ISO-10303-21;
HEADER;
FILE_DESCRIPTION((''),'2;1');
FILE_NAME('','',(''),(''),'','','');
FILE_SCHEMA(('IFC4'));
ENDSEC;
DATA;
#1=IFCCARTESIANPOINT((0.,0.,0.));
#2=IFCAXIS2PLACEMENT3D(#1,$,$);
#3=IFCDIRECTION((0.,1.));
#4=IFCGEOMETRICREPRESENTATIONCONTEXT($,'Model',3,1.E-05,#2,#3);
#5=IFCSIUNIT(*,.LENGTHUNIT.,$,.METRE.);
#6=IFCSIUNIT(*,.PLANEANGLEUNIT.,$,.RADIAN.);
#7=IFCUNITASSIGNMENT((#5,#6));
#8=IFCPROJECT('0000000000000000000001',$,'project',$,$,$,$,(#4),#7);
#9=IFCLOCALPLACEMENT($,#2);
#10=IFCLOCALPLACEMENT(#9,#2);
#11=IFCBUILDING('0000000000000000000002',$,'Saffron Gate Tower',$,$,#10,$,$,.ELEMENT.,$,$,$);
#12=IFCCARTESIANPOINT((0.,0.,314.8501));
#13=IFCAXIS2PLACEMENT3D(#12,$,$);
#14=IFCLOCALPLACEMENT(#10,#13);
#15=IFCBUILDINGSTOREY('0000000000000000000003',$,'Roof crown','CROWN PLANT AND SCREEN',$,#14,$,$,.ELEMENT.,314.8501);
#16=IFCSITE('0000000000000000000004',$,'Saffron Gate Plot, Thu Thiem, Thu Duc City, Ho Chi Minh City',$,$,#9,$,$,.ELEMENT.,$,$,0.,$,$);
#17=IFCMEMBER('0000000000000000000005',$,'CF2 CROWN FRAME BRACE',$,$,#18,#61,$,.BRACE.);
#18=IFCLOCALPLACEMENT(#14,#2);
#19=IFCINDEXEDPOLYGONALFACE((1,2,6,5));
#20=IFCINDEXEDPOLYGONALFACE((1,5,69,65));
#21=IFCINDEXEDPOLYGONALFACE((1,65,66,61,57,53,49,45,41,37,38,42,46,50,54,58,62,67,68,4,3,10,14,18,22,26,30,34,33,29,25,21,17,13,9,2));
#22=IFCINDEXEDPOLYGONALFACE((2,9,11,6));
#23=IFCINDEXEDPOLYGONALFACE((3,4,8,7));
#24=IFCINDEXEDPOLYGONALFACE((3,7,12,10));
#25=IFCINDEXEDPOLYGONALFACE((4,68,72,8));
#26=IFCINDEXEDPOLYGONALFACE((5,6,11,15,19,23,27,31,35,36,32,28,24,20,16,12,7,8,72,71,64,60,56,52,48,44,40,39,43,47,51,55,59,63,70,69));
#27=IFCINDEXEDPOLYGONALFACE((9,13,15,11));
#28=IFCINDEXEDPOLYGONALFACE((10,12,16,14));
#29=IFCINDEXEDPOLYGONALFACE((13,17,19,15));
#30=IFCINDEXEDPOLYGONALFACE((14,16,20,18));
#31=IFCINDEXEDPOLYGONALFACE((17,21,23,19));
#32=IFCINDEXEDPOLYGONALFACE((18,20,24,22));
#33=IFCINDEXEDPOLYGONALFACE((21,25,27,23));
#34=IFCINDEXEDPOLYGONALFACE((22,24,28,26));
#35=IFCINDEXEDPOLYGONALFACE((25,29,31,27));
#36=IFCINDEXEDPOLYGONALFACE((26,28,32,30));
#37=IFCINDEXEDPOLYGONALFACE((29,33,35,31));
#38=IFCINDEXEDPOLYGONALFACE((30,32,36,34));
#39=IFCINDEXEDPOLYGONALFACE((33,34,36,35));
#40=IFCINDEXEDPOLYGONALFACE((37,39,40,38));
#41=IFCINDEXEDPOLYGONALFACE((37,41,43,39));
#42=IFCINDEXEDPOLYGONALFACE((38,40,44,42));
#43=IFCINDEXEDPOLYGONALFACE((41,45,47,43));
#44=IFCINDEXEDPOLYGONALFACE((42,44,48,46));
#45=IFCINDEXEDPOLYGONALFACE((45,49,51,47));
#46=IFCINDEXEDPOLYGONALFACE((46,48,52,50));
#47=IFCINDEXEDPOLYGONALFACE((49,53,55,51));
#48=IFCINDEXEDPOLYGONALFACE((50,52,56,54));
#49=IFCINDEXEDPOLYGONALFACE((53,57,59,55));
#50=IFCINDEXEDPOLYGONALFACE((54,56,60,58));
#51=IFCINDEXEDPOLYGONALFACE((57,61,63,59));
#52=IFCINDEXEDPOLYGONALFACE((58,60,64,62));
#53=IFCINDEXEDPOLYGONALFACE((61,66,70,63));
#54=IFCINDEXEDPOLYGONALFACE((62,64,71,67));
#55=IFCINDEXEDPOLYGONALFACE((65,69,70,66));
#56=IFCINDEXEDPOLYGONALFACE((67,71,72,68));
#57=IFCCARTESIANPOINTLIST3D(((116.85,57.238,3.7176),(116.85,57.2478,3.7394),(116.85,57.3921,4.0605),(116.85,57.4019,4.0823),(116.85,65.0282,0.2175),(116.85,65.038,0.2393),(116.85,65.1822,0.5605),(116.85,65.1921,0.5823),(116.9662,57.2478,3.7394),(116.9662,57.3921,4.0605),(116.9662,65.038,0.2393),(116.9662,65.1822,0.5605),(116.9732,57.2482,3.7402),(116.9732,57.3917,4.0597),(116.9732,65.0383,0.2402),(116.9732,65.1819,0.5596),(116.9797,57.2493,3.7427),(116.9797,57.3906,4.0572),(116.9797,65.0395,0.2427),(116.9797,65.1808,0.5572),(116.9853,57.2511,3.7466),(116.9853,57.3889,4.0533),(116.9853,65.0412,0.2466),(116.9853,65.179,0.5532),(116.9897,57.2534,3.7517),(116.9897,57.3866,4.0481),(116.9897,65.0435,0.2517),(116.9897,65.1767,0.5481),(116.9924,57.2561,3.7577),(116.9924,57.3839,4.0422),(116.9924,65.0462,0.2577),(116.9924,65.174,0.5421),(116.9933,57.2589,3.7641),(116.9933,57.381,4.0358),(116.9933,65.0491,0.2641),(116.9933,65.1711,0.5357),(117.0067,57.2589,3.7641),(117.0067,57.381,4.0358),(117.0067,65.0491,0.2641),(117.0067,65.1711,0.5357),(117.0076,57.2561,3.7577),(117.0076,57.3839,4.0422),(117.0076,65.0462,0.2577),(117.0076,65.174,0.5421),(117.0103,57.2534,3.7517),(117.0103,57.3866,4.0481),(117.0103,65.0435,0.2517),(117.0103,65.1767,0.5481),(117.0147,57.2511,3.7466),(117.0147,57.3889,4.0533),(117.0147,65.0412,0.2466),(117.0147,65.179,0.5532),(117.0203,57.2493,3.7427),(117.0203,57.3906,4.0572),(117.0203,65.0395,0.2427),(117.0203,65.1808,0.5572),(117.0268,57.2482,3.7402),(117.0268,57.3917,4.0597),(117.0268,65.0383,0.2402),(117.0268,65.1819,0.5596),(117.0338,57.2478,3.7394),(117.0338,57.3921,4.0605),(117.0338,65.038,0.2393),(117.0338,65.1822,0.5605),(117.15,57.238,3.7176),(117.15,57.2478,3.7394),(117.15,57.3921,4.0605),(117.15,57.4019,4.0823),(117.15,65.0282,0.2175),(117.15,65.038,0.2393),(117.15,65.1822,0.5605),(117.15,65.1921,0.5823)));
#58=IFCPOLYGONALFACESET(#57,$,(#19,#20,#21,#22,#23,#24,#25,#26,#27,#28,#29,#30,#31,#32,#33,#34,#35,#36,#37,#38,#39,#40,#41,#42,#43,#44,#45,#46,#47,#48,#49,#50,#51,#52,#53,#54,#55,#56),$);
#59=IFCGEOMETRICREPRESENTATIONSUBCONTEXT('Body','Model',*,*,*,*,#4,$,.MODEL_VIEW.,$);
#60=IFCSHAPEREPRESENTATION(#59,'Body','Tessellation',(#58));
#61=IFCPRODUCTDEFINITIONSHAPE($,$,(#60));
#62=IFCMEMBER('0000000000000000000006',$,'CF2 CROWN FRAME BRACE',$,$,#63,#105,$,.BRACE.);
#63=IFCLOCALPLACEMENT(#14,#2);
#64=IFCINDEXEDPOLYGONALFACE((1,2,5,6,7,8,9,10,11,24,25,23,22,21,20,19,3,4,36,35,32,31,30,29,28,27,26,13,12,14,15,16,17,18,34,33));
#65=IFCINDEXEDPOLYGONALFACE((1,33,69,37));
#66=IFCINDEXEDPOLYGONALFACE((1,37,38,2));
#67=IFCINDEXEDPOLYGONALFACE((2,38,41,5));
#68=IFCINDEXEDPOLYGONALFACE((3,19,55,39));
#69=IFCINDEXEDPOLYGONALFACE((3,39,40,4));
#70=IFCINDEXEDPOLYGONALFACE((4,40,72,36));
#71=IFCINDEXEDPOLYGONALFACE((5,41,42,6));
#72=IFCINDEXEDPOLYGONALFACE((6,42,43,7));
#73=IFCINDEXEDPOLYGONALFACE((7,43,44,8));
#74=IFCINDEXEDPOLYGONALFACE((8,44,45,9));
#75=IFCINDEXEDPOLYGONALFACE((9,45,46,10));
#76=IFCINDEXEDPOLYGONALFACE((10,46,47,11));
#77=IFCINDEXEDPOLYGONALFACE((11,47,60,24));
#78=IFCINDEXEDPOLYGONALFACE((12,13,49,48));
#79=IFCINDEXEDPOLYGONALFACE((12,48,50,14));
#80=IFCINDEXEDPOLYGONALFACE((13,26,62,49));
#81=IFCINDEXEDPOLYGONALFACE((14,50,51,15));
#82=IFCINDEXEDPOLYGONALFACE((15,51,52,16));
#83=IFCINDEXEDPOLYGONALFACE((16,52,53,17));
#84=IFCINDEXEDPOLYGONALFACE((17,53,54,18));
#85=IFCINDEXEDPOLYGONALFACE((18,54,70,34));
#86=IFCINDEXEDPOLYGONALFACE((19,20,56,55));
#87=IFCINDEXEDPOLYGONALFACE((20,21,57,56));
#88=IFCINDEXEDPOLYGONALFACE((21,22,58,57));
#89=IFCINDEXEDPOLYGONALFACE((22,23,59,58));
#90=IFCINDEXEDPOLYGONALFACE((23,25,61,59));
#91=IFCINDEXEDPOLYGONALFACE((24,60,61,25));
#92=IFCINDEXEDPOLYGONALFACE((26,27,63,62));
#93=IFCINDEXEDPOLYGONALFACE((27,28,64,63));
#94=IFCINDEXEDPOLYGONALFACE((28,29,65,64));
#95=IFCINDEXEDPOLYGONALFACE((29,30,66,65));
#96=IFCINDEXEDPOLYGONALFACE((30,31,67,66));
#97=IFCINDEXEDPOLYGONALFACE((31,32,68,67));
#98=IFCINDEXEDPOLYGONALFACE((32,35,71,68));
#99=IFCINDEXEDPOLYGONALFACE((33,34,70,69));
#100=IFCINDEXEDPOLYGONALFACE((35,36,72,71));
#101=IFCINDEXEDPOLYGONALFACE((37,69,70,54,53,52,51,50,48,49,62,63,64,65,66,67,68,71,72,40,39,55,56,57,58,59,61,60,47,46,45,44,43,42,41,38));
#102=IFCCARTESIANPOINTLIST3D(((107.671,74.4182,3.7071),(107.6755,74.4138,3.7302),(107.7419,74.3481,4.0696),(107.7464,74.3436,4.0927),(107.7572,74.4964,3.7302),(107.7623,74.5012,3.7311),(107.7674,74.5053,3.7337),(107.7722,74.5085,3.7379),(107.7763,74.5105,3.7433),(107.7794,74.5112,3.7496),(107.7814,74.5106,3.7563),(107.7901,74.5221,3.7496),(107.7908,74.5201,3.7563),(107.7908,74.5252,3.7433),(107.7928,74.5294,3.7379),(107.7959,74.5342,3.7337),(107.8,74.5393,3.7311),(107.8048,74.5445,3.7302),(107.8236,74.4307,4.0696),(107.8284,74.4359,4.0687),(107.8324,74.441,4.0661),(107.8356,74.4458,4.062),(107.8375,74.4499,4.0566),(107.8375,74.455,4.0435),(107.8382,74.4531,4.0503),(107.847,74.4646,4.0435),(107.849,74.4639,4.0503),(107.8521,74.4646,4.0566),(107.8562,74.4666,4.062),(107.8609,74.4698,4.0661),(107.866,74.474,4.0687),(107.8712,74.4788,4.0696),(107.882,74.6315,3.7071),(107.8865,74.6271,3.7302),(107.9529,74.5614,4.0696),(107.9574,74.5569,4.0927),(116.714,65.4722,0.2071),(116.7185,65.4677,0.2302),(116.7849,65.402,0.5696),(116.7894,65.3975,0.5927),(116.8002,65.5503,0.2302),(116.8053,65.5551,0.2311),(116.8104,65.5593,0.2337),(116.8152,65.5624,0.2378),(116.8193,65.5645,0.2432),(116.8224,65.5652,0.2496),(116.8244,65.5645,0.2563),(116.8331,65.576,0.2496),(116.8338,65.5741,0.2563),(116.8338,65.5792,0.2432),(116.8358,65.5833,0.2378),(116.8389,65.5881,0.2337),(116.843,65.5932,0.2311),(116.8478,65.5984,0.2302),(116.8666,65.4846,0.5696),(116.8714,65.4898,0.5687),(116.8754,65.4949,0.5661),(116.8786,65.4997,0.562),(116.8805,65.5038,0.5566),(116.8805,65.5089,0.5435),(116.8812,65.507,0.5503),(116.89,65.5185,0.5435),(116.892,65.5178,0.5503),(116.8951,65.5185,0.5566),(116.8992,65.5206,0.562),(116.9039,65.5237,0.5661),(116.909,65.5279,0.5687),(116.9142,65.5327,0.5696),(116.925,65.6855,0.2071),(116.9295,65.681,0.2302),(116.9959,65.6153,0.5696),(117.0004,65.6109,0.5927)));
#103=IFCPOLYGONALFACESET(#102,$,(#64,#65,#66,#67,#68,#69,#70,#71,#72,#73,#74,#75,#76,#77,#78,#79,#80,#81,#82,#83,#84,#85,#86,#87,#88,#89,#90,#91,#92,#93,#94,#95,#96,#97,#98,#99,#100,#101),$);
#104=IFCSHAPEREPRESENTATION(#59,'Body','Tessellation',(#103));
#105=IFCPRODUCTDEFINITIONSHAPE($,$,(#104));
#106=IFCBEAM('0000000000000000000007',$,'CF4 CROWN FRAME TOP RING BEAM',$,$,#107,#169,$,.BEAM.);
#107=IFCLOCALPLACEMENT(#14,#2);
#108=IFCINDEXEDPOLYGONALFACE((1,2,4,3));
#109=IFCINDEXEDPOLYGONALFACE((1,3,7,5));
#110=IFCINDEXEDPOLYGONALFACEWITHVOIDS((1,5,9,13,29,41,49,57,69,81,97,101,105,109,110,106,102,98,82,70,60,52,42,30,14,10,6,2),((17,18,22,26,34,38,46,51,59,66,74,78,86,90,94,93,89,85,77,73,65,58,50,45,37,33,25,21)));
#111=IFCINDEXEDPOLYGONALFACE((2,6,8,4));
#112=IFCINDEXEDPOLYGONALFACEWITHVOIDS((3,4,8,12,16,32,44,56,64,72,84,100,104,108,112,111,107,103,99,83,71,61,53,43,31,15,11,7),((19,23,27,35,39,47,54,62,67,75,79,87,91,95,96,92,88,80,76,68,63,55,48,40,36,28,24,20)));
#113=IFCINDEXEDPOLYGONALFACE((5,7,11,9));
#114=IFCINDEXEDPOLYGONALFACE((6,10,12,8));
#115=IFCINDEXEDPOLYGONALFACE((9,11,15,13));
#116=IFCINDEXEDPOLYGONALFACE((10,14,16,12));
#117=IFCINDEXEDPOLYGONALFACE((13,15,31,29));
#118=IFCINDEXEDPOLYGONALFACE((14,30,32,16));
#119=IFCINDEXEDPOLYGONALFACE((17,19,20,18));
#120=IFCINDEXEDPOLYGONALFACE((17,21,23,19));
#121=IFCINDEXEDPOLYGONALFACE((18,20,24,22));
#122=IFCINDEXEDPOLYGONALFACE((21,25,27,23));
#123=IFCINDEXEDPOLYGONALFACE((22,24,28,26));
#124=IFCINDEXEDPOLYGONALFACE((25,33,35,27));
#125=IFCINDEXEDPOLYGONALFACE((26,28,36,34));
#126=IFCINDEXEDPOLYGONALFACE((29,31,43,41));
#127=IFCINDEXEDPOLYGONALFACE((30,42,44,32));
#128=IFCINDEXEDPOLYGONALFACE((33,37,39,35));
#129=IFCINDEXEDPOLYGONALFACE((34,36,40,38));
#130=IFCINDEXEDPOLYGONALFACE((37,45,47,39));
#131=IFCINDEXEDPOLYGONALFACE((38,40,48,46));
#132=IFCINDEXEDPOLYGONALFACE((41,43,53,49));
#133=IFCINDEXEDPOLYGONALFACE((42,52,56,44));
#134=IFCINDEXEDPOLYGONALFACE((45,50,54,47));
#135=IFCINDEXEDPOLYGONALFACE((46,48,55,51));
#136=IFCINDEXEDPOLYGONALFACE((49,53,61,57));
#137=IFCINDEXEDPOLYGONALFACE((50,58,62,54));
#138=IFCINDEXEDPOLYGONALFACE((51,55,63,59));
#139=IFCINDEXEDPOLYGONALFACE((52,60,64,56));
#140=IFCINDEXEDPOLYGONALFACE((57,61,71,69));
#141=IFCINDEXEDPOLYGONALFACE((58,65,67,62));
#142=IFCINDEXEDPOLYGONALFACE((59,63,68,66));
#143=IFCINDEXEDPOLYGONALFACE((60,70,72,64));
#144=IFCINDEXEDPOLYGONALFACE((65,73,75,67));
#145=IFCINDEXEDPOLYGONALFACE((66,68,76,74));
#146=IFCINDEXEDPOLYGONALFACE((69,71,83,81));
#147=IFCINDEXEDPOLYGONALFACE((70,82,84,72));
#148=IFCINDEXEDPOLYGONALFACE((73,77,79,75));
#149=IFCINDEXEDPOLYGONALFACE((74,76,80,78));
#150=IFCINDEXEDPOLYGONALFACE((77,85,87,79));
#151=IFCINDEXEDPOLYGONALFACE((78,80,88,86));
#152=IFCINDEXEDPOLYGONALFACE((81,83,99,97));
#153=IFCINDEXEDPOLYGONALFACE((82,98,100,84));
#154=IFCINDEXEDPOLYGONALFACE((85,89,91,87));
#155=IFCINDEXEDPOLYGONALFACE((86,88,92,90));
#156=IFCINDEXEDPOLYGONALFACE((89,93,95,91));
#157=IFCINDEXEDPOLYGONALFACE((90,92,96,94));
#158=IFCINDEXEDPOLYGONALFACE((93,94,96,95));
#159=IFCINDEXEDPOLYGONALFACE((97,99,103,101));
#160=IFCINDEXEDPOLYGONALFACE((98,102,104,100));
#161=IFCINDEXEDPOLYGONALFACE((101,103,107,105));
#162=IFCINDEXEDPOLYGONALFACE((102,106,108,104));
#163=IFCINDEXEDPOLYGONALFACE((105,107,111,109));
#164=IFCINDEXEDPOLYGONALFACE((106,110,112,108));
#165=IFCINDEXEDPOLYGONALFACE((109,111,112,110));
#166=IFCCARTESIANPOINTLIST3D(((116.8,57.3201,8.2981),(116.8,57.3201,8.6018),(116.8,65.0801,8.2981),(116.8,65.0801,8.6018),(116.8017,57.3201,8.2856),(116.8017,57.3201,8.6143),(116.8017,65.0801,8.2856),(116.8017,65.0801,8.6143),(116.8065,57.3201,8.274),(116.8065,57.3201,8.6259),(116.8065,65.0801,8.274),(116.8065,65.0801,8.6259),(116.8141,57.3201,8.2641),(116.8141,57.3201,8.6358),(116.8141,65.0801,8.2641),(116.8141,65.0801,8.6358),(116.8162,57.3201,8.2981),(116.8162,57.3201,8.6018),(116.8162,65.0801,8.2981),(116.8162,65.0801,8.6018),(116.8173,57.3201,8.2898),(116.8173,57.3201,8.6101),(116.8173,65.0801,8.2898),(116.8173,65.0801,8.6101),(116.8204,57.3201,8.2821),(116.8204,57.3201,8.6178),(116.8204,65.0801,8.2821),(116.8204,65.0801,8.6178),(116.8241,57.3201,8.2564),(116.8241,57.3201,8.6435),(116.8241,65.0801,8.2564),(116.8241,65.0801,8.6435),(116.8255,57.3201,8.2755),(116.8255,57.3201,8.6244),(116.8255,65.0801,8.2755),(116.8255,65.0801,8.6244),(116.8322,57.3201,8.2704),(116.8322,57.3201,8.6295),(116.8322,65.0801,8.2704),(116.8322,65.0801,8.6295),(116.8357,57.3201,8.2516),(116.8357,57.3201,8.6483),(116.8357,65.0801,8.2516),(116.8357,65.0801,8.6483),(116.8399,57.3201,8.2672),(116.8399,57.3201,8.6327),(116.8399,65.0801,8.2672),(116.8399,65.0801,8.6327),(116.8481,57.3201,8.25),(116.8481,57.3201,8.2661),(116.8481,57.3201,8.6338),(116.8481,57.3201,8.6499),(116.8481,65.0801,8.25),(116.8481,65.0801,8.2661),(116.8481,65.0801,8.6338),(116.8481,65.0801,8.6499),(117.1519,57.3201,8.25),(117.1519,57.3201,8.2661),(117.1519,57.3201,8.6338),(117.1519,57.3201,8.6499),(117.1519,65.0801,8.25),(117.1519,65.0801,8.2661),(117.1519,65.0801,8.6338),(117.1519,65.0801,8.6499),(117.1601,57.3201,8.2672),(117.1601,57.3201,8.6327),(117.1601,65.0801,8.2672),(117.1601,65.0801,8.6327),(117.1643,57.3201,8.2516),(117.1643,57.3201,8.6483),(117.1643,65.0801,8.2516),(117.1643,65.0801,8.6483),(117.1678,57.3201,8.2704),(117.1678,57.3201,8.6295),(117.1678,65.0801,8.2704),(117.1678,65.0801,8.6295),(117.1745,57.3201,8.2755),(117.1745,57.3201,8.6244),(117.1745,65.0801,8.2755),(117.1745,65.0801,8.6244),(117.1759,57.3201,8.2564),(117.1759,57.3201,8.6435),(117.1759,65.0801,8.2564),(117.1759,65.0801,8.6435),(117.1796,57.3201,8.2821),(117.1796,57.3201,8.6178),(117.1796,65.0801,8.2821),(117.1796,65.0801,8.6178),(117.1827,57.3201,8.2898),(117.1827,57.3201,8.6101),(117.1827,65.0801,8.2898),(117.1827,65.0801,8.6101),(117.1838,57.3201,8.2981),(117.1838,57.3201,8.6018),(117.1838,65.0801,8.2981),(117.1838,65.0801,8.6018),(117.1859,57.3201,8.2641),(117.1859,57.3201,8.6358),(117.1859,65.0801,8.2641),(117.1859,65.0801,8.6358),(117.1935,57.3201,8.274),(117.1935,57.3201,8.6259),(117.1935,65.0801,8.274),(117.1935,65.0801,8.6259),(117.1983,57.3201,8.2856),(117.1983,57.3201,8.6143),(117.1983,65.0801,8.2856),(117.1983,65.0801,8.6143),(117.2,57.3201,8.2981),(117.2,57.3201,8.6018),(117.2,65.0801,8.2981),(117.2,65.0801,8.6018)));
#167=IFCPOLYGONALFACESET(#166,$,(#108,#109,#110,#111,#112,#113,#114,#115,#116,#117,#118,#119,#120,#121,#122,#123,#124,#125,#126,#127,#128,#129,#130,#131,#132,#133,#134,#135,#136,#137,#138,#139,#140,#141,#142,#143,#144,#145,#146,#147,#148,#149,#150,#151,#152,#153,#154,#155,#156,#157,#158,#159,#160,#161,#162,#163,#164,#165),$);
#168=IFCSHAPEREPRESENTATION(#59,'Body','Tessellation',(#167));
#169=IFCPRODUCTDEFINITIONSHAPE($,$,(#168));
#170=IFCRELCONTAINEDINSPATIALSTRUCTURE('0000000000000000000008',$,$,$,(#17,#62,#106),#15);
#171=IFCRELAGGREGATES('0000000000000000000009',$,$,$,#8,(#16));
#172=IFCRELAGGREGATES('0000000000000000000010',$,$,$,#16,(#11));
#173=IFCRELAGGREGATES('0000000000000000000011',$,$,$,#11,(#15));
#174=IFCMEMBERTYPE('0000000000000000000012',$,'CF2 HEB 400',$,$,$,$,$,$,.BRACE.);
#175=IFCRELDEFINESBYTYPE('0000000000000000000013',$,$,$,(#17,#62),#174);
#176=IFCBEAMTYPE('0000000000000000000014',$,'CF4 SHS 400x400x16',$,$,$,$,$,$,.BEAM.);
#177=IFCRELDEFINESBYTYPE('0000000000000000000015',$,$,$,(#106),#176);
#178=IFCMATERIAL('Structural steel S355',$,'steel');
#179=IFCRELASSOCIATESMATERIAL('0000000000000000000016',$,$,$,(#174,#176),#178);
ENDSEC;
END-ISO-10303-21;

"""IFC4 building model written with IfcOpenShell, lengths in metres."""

from ifc_helpers import new_model, si_unit, direction, frame, origin, origin_2d, place, context, subcontext, project, spatial, hollow_rectangle, i_section, extrude, material, material_profile, profile_set, type_object, element, save


model = new_model("IFC4")

# Units and contexts
model_context = context("Model", 3, precision=1e-05, world=origin(), true_north=direction((0.0, 1.0)))
body_context = subcontext(model_context, "Body", "Model", "MODEL_VIEW")
ifc_project = project(units=[si_unit("LENGTHUNIT", "METRE"), si_unit("PLANEANGLEUNIT", "RADIAN")], contexts=[model_context])

# Site, building, storey
site_placement = place(None, origin())
site = spatial("IfcSite", under=ifc_project, at=site_placement, Name="Saffron Gate Plot, Thu Thiem, Thu Duc City, Ho Chi Minh City", CompositionType="ELEMENT", RefElevation=0.0)
building_placement = place(site_placement, origin())
building = spatial("IfcBuilding", under=site, at=building_placement, Name="Saffron Gate Tower", CompositionType="ELEMENT")
storey_placement = place(building_placement, frame((0.0, 0.0, 314.8501)))
storey = spatial("IfcBuildingStorey", under=building, at=storey_placement, Name="Roof crown", Description="CROWN PLANT AND SCREEN", CompositionType="ELEMENT", Elevation=314.8501)

# Shared definitions
ifc_material_1 = material(Name="Structural steel S355", Category="steel")

# Members
ifc_material_profile_1 = material_profile(ifc_material_1, i_section(OverallWidth=0.3, OverallDepth=0.3999, WebThickness=0.0134, FlangeThickness=0.0239, FilletRadius=0.0271, at=origin_2d()))
ifc_profile_set_1 = profile_set([ifc_material_profile_1], Name="Structural steel S355")
member_type_1 = type_object("IfcMemberType", Name="CF2 HEB 400", PredefinedType="BRACE", material=ifc_profile_set_1)
member_1_placement = place(storey_placement, frame((117.0, 65.1101, 0.3999), z_axis=(0.0, -0.912163, 0.409827), x_axis=(1.0, 0.0, 0.0)))
element("IfcMember", 1, at=member_1_placement, inside=storey, type_object=member_type_1, Name="CF2 CROWN FRAME BRACE", PredefinedType="BRACE", context=body_context, shape_type="SweptSolid", body=[
    extrude(i_section(OverallWidth=0.3, OverallDepth=0.3999, WebThickness=0.0134, FlangeThickness=0.0239, FilletRadius=0.0271, at=origin_2d()), origin(), (0.0, 0.0, 1.0), 8.5403),
])
member_2_placement = place(storey_placement, frame((116.8572, 65.5415, 0.3999), z_axis=(-0.685433, 0.678087, 0.265291), x_axis=(-0.703287, -0.710906, 0.0)))
element("IfcMember", 2, at=member_2_placement, inside=storey, type_object=member_type_1, Name="CF2 CROWN FRAME BRACE", PredefinedType="BRACE", context=body_context, shape_type="SweptSolid", body=[
    extrude(i_section(OverallWidth=0.3, OverallDepth=0.3999, WebThickness=0.0134, FlangeThickness=0.0239, FilletRadius=0.0271, at=origin_2d()), origin(), (0.0, 0.0, 1.0), 13.1931),
])

# Beam
ifc_material_profile_2 = material_profile(ifc_material_1, hollow_rectangle(XDim=0.3999, YDim=0.3999, WallThickness=0.0161, InnerFilletRadius=0.032, OuterFilletRadius=0.0481, at=origin_2d()))
ifc_profile_set_2 = profile_set([ifc_material_profile_2], Name="Structural steel S355")
beam_type_1 = type_object("IfcBeamType", Name="CF4 SHS 400x400x16", PredefinedType="BEAM", material=ifc_profile_set_2)
beam_1_placement = place(storey_placement, frame((117.0, 57.3201, 8.45), z_axis=(0.0, 1.0, 0.0), x_axis=(-1.0, 0.0, 0.0)))
element("IfcBeam", 3, at=beam_1_placement, inside=storey, type_object=beam_type_1, Name="CF4 CROWN FRAME TOP RING BEAM", PredefinedType="BEAM", context=body_context, shape_type="SweptSolid", body=[
    extrude(hollow_rectangle(XDim=0.3999, YDim=0.3999, WallThickness=0.0161, InnerFilletRadius=0.032, OuterFilletRadius=0.0481, at=origin_2d()), origin(), (0.0, 0.0, 1.0), 7.76),
])

save(model, "model.ifc")
